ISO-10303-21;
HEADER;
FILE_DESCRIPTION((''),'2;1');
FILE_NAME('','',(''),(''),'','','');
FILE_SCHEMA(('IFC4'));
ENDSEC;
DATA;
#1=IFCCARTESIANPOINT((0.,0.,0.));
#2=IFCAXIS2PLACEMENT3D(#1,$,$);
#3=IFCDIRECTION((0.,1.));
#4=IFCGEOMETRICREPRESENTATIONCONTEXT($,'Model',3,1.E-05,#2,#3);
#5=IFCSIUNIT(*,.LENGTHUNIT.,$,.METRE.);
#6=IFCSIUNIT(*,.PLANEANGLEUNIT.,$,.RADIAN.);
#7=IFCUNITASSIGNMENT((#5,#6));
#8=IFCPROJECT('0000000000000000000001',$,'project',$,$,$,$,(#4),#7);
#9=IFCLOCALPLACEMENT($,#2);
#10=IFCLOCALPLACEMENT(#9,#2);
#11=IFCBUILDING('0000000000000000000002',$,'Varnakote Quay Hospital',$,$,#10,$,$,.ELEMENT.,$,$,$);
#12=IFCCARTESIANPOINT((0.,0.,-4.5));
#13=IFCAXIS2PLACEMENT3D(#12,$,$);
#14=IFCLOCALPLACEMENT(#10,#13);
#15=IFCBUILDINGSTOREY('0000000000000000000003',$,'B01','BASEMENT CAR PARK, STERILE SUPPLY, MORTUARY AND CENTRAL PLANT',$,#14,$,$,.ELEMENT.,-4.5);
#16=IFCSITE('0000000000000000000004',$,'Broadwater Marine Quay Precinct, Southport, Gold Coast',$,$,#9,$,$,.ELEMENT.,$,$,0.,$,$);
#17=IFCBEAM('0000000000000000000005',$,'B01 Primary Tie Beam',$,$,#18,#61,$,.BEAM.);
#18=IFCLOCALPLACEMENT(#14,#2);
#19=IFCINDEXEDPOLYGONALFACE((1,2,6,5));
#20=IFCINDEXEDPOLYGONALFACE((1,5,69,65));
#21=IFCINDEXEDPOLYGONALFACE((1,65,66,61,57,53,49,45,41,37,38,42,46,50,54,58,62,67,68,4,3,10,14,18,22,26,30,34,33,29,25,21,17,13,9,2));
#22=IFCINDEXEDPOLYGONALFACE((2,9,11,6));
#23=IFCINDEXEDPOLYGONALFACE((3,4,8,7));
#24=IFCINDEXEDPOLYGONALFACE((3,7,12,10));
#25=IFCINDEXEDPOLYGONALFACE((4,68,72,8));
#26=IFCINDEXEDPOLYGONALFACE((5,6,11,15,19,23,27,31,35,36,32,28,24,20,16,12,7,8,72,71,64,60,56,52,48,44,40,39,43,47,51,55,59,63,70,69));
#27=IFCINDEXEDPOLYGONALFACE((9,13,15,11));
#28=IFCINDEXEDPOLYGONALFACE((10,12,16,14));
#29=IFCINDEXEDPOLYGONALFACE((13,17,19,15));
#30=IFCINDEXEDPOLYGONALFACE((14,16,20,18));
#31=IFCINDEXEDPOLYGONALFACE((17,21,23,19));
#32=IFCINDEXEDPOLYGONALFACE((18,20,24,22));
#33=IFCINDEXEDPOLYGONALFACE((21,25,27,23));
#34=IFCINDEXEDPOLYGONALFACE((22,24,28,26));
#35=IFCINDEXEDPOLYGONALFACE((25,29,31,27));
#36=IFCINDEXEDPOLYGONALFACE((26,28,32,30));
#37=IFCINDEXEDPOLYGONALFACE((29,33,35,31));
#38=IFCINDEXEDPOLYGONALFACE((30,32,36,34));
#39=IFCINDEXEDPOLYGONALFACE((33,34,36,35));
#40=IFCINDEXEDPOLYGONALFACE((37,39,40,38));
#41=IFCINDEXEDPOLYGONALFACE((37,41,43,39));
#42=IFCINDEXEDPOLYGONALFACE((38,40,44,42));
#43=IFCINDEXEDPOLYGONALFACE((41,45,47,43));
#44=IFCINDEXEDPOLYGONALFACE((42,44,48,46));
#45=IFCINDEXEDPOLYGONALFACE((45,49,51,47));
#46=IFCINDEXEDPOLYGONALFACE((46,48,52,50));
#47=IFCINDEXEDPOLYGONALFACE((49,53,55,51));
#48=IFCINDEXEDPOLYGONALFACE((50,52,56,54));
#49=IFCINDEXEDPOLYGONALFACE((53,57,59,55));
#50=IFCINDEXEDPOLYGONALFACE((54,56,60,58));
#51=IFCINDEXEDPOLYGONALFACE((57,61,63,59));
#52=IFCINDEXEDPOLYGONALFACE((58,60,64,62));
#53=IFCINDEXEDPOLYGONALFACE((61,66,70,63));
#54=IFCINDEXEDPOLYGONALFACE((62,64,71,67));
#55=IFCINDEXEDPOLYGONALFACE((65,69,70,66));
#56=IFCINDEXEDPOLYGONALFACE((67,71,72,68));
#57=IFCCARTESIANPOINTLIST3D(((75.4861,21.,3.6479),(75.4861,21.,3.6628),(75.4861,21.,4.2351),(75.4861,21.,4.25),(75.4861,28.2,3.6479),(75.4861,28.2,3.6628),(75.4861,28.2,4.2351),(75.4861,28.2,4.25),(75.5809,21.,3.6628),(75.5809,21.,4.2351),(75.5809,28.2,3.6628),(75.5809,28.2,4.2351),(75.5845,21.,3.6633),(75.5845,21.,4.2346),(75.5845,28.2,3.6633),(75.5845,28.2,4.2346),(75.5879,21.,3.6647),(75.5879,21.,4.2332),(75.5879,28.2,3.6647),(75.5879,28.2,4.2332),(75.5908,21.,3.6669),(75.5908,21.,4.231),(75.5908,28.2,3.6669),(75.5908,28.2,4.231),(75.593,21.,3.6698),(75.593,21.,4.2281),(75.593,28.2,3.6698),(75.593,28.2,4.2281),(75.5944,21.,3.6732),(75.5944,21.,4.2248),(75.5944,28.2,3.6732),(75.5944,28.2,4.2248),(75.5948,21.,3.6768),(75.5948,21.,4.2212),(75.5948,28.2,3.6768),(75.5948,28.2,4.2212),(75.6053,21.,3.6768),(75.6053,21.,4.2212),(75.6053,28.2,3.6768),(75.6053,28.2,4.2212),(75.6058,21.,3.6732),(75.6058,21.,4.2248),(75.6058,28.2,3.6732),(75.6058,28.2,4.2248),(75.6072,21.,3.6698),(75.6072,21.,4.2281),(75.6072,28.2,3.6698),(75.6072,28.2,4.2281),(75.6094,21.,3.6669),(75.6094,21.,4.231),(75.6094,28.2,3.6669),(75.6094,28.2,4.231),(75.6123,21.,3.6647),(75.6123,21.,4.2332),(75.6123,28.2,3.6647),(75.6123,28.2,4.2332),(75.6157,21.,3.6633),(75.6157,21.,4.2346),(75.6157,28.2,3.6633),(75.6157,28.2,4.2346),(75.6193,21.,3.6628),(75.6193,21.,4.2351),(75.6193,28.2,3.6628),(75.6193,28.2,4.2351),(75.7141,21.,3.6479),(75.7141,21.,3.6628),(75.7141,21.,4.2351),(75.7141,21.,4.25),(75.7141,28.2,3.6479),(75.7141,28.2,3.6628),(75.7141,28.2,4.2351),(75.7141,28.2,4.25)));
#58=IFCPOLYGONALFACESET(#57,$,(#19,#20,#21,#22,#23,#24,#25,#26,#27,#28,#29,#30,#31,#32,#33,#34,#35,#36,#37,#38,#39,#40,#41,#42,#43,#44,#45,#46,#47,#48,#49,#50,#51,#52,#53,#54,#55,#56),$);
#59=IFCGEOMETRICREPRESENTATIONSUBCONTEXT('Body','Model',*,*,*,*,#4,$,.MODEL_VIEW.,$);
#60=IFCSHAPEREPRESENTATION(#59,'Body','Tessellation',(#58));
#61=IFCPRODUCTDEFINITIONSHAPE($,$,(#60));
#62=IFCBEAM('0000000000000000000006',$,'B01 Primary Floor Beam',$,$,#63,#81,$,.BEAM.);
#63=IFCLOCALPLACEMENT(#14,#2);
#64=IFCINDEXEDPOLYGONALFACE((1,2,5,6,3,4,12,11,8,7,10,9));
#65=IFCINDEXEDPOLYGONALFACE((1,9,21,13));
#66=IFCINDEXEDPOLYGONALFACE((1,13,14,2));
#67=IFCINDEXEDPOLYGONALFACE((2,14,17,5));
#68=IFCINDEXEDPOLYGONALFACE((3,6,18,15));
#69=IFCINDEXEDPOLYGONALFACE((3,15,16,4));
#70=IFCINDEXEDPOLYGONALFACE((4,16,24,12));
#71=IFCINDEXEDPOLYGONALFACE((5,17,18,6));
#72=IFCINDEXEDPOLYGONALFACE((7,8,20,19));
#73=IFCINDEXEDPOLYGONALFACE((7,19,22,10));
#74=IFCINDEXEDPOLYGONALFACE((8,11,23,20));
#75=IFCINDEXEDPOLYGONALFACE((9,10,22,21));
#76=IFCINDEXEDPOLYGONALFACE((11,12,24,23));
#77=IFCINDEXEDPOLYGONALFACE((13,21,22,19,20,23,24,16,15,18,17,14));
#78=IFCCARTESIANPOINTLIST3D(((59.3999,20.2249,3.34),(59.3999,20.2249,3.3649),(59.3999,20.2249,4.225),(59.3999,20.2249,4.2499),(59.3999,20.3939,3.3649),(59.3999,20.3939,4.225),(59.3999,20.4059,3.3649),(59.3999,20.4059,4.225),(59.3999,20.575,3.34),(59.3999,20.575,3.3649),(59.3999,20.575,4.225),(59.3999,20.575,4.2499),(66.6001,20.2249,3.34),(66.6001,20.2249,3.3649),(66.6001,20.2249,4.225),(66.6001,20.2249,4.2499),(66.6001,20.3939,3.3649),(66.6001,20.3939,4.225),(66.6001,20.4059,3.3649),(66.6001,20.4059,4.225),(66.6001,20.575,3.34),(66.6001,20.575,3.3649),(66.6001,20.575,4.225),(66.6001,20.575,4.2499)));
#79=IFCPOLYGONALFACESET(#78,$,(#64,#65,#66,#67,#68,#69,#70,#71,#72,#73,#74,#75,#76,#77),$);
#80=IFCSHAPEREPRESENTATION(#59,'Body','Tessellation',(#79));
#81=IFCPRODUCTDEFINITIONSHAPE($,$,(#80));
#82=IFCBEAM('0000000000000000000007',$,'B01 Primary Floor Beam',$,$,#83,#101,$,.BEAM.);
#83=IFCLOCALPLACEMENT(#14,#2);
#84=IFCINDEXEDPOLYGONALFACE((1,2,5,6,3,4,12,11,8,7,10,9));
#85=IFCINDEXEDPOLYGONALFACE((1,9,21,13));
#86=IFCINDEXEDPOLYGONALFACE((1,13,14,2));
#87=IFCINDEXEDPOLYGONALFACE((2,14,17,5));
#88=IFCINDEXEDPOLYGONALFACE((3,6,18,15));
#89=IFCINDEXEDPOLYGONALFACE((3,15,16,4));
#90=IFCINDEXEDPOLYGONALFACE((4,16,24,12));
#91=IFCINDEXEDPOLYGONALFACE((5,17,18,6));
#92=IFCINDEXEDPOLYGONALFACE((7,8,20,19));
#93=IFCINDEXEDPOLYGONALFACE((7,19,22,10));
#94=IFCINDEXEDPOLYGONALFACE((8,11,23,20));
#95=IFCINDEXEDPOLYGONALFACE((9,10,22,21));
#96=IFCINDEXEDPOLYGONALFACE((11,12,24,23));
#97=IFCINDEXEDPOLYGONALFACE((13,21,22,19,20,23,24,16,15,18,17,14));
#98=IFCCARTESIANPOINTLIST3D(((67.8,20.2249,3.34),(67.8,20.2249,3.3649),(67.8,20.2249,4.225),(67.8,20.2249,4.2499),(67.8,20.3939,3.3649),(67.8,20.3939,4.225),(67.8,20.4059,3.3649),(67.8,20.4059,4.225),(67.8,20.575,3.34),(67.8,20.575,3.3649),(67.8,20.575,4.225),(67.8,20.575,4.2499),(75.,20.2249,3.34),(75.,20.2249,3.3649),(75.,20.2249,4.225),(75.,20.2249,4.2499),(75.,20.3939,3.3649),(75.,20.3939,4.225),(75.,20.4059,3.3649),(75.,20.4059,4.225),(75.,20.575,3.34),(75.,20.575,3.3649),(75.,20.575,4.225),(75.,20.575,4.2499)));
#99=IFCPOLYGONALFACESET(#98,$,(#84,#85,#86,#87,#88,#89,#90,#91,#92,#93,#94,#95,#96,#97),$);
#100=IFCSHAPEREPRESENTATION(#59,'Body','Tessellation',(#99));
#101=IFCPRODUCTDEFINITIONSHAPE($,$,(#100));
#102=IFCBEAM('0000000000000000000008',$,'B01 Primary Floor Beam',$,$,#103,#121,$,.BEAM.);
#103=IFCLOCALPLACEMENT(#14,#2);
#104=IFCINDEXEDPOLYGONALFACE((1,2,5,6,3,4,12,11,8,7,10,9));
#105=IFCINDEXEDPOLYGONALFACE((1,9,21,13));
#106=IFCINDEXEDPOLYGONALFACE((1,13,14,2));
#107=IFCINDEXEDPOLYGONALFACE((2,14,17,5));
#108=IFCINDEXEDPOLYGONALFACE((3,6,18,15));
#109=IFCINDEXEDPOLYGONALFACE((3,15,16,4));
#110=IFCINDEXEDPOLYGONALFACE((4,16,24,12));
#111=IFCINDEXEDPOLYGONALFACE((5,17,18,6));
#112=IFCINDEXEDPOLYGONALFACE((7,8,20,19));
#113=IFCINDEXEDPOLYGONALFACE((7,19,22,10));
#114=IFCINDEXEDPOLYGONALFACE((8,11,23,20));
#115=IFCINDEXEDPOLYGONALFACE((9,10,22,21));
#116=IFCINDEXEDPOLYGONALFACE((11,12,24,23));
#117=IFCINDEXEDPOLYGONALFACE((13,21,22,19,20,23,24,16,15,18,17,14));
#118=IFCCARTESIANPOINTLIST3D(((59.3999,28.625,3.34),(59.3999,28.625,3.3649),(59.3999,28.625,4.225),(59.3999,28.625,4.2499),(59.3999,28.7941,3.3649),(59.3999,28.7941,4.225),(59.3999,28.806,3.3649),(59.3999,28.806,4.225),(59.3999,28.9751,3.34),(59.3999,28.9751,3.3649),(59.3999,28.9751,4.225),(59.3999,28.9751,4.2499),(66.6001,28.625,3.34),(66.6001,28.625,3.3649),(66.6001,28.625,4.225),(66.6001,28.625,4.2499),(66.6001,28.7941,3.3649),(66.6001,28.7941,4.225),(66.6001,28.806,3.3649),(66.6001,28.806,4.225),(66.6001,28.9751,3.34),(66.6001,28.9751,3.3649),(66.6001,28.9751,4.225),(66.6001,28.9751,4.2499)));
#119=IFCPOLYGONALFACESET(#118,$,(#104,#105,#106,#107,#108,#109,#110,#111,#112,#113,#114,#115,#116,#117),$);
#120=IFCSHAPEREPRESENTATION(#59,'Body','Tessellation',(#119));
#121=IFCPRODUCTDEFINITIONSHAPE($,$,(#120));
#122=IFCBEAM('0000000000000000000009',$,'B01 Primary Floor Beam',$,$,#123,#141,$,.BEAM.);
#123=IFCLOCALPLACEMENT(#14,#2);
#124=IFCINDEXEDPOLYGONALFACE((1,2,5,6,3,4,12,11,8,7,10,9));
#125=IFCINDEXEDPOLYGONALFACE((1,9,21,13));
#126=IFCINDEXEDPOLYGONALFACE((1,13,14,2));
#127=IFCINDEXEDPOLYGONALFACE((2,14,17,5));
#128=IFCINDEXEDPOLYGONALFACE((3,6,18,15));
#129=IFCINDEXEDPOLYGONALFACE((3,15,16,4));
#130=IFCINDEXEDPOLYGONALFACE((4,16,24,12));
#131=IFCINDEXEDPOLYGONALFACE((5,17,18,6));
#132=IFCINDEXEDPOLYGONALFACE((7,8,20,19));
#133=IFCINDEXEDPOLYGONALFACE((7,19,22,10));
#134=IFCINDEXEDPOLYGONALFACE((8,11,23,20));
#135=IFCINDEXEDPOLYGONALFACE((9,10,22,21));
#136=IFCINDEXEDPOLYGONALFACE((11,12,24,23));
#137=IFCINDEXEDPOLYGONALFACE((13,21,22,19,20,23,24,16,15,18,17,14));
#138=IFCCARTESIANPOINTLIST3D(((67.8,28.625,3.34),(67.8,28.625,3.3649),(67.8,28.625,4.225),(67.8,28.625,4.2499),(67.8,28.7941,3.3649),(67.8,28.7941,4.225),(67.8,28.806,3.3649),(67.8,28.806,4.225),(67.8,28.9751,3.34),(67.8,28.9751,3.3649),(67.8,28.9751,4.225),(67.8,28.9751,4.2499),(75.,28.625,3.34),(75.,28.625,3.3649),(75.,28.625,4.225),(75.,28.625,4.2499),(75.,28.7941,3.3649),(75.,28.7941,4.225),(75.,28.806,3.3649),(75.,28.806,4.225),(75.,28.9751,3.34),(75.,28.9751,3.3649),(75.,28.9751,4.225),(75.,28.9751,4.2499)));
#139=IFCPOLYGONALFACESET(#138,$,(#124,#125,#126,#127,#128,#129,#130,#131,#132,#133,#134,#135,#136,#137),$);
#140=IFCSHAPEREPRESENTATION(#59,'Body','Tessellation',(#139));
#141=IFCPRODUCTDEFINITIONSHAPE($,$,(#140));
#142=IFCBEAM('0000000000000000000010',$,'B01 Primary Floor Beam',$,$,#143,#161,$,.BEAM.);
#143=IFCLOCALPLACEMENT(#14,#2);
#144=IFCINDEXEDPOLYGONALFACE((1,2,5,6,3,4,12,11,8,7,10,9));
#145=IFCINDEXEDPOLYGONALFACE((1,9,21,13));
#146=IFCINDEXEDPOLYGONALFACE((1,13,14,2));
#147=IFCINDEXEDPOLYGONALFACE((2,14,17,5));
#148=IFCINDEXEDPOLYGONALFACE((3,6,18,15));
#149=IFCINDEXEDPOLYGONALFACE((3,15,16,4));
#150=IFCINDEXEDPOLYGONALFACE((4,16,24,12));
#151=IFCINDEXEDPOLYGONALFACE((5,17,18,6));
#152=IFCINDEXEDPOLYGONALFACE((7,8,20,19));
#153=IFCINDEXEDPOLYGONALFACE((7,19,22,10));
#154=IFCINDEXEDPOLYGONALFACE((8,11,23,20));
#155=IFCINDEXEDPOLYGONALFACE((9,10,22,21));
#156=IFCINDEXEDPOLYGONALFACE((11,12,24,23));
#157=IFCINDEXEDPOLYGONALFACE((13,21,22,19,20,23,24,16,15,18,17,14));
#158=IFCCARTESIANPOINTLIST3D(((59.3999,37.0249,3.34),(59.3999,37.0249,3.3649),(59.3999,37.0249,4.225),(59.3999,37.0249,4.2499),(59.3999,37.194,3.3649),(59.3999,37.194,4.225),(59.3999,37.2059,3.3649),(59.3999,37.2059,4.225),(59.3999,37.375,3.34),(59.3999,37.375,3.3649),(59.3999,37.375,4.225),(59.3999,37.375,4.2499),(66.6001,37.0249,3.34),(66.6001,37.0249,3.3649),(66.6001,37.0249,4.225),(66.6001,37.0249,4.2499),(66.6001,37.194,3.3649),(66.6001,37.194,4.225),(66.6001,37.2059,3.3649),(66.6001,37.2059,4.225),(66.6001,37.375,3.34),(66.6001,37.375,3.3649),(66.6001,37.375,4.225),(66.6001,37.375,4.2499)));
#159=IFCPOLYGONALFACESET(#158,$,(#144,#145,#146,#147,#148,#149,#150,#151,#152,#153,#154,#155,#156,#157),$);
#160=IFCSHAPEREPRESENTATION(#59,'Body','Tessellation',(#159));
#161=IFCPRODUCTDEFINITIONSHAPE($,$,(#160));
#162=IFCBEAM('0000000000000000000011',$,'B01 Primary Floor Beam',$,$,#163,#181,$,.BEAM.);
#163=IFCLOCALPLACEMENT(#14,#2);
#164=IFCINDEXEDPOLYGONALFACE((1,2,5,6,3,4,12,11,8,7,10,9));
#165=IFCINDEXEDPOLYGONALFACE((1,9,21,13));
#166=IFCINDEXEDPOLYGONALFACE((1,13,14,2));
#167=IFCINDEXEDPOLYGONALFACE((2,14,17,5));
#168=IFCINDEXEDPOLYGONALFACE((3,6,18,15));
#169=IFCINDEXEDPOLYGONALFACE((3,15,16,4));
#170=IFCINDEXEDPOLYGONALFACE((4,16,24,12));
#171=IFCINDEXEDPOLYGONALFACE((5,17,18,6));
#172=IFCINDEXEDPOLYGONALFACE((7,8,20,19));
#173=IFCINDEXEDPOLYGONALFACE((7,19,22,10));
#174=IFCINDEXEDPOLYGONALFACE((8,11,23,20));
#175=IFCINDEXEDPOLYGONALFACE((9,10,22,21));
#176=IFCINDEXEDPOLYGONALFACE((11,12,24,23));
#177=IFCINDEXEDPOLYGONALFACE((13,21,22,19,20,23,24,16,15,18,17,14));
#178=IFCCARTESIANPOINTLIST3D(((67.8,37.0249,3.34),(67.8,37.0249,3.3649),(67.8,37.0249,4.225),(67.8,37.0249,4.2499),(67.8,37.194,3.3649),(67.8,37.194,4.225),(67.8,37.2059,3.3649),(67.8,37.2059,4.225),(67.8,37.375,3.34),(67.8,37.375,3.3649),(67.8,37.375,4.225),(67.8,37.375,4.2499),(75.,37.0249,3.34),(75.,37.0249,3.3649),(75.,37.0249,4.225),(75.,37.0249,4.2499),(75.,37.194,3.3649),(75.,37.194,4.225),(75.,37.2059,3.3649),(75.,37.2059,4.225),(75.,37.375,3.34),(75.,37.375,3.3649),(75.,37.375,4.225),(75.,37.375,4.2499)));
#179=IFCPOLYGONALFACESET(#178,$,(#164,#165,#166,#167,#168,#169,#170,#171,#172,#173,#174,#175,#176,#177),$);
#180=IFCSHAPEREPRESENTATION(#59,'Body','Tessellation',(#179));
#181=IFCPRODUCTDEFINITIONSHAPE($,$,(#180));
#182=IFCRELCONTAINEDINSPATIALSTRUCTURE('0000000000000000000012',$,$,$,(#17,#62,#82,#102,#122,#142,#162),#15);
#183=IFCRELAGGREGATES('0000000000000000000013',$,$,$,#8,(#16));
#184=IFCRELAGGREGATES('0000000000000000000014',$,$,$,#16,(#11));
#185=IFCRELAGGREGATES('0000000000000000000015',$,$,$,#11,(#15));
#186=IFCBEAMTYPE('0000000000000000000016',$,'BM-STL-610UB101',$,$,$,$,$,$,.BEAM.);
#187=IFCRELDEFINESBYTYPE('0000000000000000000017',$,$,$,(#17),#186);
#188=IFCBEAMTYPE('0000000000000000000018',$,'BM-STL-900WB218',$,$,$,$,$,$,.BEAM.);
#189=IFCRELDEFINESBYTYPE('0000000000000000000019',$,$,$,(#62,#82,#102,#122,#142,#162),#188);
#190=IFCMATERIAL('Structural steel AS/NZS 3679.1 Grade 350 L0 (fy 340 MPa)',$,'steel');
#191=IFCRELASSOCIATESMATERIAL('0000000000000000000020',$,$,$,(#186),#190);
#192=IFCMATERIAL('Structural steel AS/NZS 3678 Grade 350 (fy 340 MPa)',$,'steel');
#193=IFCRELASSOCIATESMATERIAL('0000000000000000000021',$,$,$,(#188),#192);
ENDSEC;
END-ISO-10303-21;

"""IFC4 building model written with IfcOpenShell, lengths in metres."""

from ifc_helpers import new_model, si_unit, direction, frame, origin, origin_2d, place, context, subcontext, project, spatial, i_section, extrude, material, material_profile, profile_set, type_object, element, save


model = new_model("IFC4")

# Units and contexts
model_context = context("Model", 3, precision=1e-05, world=origin(), true_north=direction((0.0, 1.0)))
body_context = subcontext(model_context, "Body", "Model", "MODEL_VIEW")
ifc_project = project(units=[si_unit("LENGTHUNIT", "METRE"), si_unit("PLANEANGLEUNIT", "RADIAN")], contexts=[model_context])

# Site, building, storey
site_placement = place(None, origin())
site = spatial("IfcSite", under=ifc_project, at=site_placement, Name="Broadwater Marine Quay Precinct, Southport, Gold Coast", CompositionType="ELEMENT", RefElevation=0.0)
building_placement = place(site_placement, origin())
building = spatial("IfcBuilding", under=site, at=building_placement, Name="Varnakote Quay Hospital", CompositionType="ELEMENT")
storey_placement = place(building_placement, frame((0.0, 0.0, -4.5)))
storey = spatial("IfcBuildingStorey", under=building, at=storey_placement, Name="B01", Description="BASEMENT CAR PARK, STERILE SUPPLY, MORTUARY AND CENTRAL PLANT", CompositionType="ELEMENT", Elevation=-4.5)

# Beams
ifc_material_1 = material(Name="Structural steel AS/NZS 3679.1 Grade 350 L0 (fy 340 MPa)", Category="steel")
ifc_material_profile_1 = material_profile(ifc_material_1, i_section(OverallWidth=0.228, OverallDepth=0.6021, WebThickness=0.0105, FlangeThickness=0.0149, FilletRadius=0.0139, at=origin_2d()), Name="610UB101")
ifc_profile_set_1 = profile_set([ifc_material_profile_1], Name="Structural steel AS/NZS 3679.1 Grade 350 L0 (fy 340 MPa)")
beam_type_1 = type_object("IfcBeamType", Name="BM-STL-610UB101", PredefinedType="BEAM", material=ifc_profile_set_1)
beam_1_placement = place(storey_placement, frame((75.6001, 21.0, 3.949), z_axis=(0.0, 1.0, 0.0), x_axis=(-1.0, 0.0, 0.0)))
element("IfcBeam", 1, at=beam_1_placement, inside=storey, type_object=beam_type_1, Name="B01 Primary Tie Beam", PredefinedType="BEAM", context=body_context, shape_type="SweptSolid", body=[
    extrude(i_section(OverallWidth=0.228, OverallDepth=0.6021, WebThickness=0.0105, FlangeThickness=0.0149, FilletRadius=0.0139, at=origin_2d()), origin(), (0.0, 0.0, 1.0), 7.2),
])
ifc_material_2 = material(Name="Structural steel AS/NZS 3678 Grade 350 (fy 340 MPa)", Category="steel")
ifc_material_profile_2 = material_profile(ifc_material_2, i_section(OverallWidth=0.3501, OverallDepth=0.9099, WebThickness=0.012, FlangeThickness=0.0249, at=origin_2d()), Name="900WB218")
ifc_profile_set_2 = profile_set([ifc_material_profile_2], Name="Structural steel AS/NZS 3678 Grade 350 (fy 340 MPa)")
beam_type_2 = type_object("IfcBeamType", Name="BM-STL-900WB218", PredefinedType="BEAM", material=ifc_profile_set_2)
beam_2_placement = place(storey_placement, frame((59.3999, 20.3999, 3.7949), z_axis=(1.0, 0.0, 0.0), x_axis=(0.0, 1.0, 0.0)))
element("IfcBeam", 2, at=beam_2_placement, inside=storey, type_object=beam_type_2, Name="B01 Primary Floor Beam", PredefinedType="BEAM", context=body_context, shape_type="SweptSolid", body=[
    extrude(i_section(OverallWidth=0.3501, OverallDepth=0.9099, WebThickness=0.012, FlangeThickness=0.0249, at=origin_2d()), origin(), (0.0, 0.0, 1.0), 7.2002),
])
beam_3_placement = place(storey_placement, frame((67.8, 20.3999, 3.7949), z_axis=(1.0, 0.0, 0.0), x_axis=(0.0, 1.0, 0.0)))
element("IfcBeam", 3, at=beam_3_placement, inside=storey, type_object=beam_type_2, Name="B01 Primary Floor Beam", PredefinedType="BEAM", context=body_context, shape_type="SweptSolid", body=[
    extrude(i_section(OverallWidth=0.3501, OverallDepth=0.9099, WebThickness=0.012, FlangeThickness=0.0249, at=origin_2d()), origin(), (0.0, 0.0, 1.0), 7.2),
])
beam_4_placement = place(storey_placement, frame((59.3999, 28.8, 3.7949), z_axis=(1.0, 0.0, 0.0), x_axis=(0.0, 1.0, 0.0)))
element("IfcBeam", 4, at=beam_4_placement, inside=storey, type_object=beam_type_2, Name="B01 Primary Floor Beam", PredefinedType="BEAM", context=body_context, shape_type="SweptSolid", body=[
    extrude(i_section(OverallWidth=0.3501, OverallDepth=0.9099, WebThickness=0.012, FlangeThickness=0.0249, at=origin_2d()), origin(), (0.0, 0.0, 1.0), 7.2002),
])
beam_5_placement = place(storey_placement, frame((67.8, 28.8, 3.7949), z_axis=(1.0, 0.0, 0.0), x_axis=(0.0, 1.0, 0.0)))
element("IfcBeam", 5, at=beam_5_placement, inside=storey, type_object=beam_type_2, Name="B01 Primary Floor Beam", PredefinedType="BEAM", context=body_context, shape_type="SweptSolid", body=[
    extrude(i_section(OverallWidth=0.3501, OverallDepth=0.9099, WebThickness=0.012, FlangeThickness=0.0249, at=origin_2d()), origin(), (0.0, 0.0, 1.0), 7.2),
])
beam_6_placement = place(storey_placement, frame((59.3999, 37.2, 3.7949), z_axis=(1.0, 0.0, 0.0), x_axis=(0.0, 1.0, 0.0)))
element("IfcBeam", 6, at=beam_6_placement, inside=storey, type_object=beam_type_2, Name="B01 Primary Floor Beam", PredefinedType="BEAM", context=body_context, shape_type="SweptSolid", body=[
    extrude(i_section(OverallWidth=0.3501, OverallDepth=0.9099, WebThickness=0.012, FlangeThickness=0.0249, at=origin_2d()), origin(), (0.0, 0.0, 1.0), 7.2002),
])
beam_7_placement = place(storey_placement, frame((67.8, 37.2, 3.7949), z_axis=(1.0, 0.0, 0.0), x_axis=(0.0, 1.0, 0.0)))
element("IfcBeam", 7, at=beam_7_placement, inside=storey, type_object=beam_type_2, Name="B01 Primary Floor Beam", PredefinedType="BEAM", context=body_context, shape_type="SweptSolid", body=[
    extrude(i_section(OverallWidth=0.3501, OverallDepth=0.9099, WebThickness=0.012, FlangeThickness=0.0249, at=origin_2d()), origin(), (0.0, 0.0, 1.0), 7.2),
])

save(model, "model.ifc")
